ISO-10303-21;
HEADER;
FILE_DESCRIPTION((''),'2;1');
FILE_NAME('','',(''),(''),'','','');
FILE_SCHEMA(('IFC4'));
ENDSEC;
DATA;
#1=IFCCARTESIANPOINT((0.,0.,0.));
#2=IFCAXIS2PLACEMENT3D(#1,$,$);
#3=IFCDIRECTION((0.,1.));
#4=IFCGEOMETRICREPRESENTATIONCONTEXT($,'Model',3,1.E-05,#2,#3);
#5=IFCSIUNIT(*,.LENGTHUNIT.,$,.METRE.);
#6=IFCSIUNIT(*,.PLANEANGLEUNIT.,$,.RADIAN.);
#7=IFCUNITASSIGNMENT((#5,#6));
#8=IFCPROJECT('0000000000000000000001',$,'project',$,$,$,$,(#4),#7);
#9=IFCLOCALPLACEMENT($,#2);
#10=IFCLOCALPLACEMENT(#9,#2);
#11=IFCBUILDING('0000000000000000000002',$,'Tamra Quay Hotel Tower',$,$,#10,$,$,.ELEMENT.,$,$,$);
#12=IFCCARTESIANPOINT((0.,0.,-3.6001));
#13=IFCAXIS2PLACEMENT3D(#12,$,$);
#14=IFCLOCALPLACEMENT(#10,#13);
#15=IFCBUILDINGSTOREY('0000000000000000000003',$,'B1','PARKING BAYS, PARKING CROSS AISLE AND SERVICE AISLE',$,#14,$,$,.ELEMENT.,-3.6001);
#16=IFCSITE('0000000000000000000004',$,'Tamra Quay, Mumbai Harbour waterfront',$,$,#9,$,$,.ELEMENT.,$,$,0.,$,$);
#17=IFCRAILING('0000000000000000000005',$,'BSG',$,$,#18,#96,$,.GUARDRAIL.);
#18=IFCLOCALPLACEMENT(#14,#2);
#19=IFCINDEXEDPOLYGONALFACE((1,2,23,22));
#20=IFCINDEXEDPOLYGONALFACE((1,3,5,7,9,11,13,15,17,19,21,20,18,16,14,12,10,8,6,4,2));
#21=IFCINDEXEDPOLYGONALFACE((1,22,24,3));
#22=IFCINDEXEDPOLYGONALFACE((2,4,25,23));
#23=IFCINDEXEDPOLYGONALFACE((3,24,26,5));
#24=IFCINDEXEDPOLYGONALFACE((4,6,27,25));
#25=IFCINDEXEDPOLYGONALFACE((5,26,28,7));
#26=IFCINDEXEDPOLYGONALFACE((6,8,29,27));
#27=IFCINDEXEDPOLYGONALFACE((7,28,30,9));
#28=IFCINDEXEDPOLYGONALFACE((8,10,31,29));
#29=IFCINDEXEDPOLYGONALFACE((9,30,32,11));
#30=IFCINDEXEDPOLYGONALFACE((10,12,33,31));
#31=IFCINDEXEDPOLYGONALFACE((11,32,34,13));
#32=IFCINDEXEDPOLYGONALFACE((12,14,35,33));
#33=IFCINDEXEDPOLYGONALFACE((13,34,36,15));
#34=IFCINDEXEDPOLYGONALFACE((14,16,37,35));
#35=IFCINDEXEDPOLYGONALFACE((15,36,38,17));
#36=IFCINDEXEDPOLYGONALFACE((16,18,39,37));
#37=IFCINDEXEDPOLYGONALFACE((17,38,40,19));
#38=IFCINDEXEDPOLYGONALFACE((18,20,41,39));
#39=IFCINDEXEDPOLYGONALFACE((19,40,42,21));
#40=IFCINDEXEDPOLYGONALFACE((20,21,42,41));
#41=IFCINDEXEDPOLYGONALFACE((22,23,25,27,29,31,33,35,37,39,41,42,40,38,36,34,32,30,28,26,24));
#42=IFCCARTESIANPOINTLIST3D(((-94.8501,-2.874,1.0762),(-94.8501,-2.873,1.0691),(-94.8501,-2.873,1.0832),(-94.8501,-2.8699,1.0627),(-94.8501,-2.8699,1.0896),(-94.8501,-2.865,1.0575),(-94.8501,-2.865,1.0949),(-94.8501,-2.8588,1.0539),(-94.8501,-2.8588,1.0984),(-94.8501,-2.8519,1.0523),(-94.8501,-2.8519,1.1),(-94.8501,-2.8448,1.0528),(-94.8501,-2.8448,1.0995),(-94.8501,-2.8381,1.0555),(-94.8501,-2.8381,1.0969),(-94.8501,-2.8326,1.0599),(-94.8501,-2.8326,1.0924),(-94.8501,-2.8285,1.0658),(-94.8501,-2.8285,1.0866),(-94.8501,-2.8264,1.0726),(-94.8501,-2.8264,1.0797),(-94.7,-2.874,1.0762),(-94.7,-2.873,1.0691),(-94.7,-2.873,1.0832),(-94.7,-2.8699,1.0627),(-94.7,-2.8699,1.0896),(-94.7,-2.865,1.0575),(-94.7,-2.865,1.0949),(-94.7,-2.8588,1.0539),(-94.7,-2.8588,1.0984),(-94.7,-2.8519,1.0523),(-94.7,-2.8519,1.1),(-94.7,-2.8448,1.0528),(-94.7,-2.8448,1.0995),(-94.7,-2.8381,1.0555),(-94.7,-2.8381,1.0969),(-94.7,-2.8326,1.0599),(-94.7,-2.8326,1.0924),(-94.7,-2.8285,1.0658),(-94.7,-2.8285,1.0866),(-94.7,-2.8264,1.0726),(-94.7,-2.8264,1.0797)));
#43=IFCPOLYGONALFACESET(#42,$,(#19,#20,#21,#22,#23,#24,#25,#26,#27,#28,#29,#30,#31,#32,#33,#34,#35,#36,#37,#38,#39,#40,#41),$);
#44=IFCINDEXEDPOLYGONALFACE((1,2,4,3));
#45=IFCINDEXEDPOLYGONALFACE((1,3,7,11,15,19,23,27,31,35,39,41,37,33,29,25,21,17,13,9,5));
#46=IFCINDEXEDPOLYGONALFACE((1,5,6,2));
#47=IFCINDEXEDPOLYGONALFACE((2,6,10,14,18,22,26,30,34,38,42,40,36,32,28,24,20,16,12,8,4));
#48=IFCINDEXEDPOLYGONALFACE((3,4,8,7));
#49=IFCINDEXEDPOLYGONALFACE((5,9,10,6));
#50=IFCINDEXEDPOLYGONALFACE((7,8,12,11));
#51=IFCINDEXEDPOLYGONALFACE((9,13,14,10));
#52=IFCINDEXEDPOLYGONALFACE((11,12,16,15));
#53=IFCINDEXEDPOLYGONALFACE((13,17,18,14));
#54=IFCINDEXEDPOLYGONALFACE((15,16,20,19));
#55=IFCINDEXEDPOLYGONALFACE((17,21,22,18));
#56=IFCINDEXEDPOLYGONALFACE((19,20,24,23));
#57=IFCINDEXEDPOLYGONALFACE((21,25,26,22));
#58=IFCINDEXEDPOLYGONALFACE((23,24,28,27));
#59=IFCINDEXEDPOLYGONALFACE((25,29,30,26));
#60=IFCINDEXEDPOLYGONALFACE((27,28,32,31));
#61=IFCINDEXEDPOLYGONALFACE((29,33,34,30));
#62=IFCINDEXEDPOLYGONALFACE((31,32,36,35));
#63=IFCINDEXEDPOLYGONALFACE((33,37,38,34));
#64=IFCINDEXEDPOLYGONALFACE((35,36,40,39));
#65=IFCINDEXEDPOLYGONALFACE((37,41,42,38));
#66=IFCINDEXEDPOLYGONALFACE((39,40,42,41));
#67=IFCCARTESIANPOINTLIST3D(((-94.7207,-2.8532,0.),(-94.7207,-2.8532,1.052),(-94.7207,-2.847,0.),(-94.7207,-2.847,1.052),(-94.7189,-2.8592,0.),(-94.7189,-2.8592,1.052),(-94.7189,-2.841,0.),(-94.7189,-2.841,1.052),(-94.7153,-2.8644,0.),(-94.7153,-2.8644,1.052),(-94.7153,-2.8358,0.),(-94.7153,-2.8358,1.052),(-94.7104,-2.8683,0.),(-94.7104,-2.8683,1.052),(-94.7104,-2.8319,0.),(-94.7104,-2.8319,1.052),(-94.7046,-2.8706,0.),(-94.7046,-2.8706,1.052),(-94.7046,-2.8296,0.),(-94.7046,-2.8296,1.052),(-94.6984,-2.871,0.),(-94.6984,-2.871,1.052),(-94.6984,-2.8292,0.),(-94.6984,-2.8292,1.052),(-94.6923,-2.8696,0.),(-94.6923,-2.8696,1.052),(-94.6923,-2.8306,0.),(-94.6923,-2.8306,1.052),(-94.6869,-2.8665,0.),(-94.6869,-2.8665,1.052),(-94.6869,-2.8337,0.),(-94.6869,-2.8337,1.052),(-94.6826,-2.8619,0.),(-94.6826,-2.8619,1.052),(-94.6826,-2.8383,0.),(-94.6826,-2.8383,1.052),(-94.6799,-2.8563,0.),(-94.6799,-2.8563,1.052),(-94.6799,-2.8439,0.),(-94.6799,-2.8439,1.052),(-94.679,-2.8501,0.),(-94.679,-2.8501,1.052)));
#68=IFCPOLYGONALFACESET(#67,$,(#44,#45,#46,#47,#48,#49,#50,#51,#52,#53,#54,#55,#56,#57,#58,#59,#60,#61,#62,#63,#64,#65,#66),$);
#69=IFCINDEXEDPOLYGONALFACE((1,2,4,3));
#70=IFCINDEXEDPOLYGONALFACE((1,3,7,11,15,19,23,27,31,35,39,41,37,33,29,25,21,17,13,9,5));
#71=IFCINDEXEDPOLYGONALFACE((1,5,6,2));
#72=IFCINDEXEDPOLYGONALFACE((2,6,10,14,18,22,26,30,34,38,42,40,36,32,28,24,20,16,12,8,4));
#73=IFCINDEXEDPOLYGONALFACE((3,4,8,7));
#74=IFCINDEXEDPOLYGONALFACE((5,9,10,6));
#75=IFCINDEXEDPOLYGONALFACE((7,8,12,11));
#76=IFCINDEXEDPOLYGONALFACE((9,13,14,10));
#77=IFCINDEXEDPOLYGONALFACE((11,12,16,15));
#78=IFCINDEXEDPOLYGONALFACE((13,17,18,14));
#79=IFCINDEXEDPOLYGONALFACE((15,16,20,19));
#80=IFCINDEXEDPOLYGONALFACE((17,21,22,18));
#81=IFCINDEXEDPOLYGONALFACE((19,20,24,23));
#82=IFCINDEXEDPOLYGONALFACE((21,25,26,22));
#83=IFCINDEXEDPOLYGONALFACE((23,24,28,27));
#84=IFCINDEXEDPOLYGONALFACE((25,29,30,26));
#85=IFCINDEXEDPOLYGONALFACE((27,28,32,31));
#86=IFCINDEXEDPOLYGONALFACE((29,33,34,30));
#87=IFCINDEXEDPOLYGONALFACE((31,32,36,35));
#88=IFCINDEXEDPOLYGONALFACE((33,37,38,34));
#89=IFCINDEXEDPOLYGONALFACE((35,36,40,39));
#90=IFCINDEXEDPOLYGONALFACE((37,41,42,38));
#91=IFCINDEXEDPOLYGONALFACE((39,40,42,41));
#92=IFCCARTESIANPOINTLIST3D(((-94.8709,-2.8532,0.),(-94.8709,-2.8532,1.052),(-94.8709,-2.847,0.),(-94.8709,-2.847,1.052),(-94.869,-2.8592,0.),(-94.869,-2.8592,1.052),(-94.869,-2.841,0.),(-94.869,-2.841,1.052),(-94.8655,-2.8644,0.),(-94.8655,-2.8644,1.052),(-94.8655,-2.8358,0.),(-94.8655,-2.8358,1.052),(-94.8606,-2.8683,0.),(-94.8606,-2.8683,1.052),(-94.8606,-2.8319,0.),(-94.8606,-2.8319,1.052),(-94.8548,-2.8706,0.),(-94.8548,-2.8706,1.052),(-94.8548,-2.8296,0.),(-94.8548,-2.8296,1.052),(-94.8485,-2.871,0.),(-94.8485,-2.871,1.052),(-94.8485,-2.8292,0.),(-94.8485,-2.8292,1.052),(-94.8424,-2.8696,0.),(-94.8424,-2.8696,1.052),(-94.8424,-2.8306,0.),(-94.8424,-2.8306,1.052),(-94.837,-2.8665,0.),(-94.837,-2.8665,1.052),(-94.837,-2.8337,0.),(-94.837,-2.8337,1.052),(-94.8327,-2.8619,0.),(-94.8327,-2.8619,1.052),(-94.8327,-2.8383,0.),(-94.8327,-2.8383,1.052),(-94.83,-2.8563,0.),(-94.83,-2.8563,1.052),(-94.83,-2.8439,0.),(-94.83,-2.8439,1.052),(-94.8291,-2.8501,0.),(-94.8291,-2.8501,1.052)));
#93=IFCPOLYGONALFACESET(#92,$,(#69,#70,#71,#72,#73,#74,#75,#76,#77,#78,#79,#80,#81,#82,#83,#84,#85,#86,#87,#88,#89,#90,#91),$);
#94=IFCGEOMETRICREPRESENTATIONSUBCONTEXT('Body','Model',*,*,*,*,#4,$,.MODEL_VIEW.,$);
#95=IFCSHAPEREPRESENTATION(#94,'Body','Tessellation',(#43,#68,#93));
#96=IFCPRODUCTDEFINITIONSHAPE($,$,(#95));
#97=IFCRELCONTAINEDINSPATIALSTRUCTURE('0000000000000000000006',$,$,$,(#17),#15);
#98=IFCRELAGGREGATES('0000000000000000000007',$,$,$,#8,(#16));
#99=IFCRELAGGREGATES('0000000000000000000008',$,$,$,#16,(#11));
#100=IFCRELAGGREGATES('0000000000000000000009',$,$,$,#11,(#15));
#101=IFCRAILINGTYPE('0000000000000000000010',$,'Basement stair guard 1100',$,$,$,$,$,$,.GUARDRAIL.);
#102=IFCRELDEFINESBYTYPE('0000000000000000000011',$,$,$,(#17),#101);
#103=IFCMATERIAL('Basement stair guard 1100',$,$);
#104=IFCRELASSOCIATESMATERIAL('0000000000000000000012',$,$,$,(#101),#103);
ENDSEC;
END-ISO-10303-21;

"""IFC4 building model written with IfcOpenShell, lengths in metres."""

from ifc_helpers import new_model, si_unit, direction, frame, origin, origin_2d, place, context, subcontext, project, spatial, circle, extrude, material, type_object, element, save


model = new_model("IFC4")

# Units and contexts
model_context = context("Model", 3, precision=1e-05, world=origin(), true_north=direction((0.0, 1.0)))
body_context = subcontext(model_context, "Body", "Model", "MODEL_VIEW")
ifc_project = project(units=[si_unit("LENGTHUNIT", "METRE"), si_unit("PLANEANGLEUNIT", "RADIAN")], contexts=[model_context])

# Site, building, storey
site_placement = place(None, origin())
site = spatial("IfcSite", under=ifc_project, at=site_placement, Name="Tamra Quay, Mumbai Harbour waterfront", CompositionType="ELEMENT", RefElevation=0.0)
building_placement = place(site_placement, origin())
building = spatial("IfcBuilding", under=site, at=building_placement, Name="Tamra Quay Hotel Tower", CompositionType="ELEMENT")
storey_placement = place(building_placement, frame((0.0, 0.0, -3.6001)))
storey = spatial("IfcBuildingStorey", under=building, at=storey_placement, Name="B1", Description="PARKING BAYS, PARKING CROSS AISLE AND SERVICE AISLE", CompositionType="ELEMENT", Elevation=-3.6001)

# Railing
ifc_material_1 = material(Name="Basement stair guard 1100")
railing_type_1 = type_object("IfcRailingType", Name="Basement stair guard 1100", PredefinedType="GUARDRAIL", material=ifc_material_1)
railing_1_placement = place(storey_placement, frame((-94.7, -2.8501, 0.0)))
element("IfcRailing", 1, at=railing_1_placement, inside=storey, type_object=railing_type_1, Name="BSG", PredefinedType="GUARDRAIL", context=body_context, shape_type="SweptSolid", body=[
    extrude(circle(Radius=0.0239, at=origin_2d()), frame((0.0, 0.0, 1.0762), z_axis=(-1.0, 0.0, 0.0), x_axis=(0.0, -1.0, 0.0)), (0.0, 0.0, 1.0), 0.1501),
    extrude(circle(Radius=0.021, at=origin_2d()), origin(), (0.0, 0.0, 1.0), 1.052),
    extrude(circle(Radius=0.021, at=origin_2d()), frame((-0.1501, 0.0, 0.0)), (0.0, 0.0, 1.0), 1.052),
])

save(model, "model.ifc")
